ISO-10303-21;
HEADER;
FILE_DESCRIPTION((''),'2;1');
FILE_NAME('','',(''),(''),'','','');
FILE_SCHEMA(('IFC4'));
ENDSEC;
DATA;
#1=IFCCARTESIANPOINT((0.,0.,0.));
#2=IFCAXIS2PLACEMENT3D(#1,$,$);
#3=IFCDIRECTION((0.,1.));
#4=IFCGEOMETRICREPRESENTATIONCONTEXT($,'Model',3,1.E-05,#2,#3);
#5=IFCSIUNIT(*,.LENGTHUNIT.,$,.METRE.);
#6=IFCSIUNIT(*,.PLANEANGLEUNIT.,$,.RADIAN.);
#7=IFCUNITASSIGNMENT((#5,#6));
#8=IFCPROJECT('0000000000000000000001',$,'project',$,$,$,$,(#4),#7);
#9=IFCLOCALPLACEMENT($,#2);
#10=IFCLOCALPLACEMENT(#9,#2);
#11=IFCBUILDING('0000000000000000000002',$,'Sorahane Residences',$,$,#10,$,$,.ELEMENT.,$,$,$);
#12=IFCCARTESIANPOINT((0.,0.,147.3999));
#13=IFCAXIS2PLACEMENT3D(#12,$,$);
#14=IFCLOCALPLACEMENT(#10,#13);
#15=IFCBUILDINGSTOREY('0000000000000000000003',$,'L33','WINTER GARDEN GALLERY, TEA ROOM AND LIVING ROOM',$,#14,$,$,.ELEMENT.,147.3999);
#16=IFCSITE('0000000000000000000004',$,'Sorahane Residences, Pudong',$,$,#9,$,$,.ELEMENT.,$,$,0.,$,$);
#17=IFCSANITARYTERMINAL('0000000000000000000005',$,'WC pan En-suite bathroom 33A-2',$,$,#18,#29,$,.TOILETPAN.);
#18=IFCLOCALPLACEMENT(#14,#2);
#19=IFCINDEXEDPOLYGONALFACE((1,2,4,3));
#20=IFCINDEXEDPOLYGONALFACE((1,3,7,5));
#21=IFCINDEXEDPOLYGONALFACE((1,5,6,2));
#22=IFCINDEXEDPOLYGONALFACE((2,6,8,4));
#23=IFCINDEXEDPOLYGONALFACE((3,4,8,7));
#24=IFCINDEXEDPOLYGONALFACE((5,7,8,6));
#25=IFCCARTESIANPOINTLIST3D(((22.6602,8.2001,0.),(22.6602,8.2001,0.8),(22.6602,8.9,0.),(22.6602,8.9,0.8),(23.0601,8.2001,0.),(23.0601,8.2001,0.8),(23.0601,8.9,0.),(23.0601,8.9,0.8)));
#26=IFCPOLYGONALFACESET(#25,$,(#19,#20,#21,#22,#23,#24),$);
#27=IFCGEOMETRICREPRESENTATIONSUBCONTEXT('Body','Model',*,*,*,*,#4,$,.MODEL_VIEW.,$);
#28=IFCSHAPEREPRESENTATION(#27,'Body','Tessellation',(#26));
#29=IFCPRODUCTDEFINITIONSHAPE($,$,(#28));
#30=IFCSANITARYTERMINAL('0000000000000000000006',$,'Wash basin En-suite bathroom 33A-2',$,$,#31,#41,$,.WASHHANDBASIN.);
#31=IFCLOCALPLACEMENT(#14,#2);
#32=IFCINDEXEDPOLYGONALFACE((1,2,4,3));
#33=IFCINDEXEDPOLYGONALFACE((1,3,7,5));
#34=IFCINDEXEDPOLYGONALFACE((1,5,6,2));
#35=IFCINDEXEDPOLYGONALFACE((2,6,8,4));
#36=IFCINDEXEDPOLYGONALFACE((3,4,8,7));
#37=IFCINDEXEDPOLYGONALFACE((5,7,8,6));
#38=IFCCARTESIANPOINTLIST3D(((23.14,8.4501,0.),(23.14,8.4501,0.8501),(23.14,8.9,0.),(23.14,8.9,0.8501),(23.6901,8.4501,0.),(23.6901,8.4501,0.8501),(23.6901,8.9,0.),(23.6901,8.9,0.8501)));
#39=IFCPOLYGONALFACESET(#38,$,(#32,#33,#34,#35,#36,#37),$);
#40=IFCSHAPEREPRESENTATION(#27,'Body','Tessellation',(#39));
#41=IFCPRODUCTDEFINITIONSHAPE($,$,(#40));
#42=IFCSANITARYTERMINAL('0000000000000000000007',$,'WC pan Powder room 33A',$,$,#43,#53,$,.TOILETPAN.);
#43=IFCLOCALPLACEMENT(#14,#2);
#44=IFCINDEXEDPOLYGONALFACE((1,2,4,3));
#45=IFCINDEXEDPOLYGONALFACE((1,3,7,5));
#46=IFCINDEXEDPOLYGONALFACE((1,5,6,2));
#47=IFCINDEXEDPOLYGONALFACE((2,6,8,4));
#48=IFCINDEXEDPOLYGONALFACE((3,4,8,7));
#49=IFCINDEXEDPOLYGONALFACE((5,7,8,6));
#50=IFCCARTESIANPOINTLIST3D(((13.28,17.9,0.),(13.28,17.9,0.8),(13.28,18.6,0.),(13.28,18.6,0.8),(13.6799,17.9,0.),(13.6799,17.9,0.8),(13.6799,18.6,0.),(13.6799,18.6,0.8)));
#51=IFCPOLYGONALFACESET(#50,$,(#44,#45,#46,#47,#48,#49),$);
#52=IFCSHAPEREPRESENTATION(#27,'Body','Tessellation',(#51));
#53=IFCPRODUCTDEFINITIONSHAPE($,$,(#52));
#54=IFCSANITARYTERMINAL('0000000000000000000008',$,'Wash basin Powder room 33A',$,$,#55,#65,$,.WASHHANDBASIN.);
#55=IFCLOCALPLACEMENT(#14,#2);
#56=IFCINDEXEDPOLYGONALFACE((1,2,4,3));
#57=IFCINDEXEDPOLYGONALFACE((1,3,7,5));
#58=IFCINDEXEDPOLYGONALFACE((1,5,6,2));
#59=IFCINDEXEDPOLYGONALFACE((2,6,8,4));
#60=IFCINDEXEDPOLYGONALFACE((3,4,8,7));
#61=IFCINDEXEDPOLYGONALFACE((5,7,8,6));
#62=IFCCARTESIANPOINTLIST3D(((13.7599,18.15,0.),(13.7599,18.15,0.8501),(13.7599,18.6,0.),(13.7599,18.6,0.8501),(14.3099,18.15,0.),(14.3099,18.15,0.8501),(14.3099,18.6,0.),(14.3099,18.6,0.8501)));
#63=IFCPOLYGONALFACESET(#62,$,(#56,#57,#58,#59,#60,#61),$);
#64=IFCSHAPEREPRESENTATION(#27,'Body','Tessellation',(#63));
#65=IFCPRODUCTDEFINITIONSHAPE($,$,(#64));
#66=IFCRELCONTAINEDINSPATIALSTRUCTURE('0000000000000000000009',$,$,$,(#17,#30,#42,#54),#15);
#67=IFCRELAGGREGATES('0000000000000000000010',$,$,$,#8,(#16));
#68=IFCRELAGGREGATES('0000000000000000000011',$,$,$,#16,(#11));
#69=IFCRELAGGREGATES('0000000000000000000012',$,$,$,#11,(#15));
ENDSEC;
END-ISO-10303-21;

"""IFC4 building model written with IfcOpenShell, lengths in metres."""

from ifc_helpers import new_model, si_unit, direction, frame, origin, origin_2d, place, context, subcontext, project, spatial, rectangle, extrude, element, save


model = new_model("IFC4")

# Units and contexts
model_context = context("Model", 3, precision=1e-05, world=origin(), true_north=direction((0.0, 1.0)))
body_context = subcontext(model_context, "Body", "Model", "MODEL_VIEW")
ifc_project = project(units=[si_unit("LENGTHUNIT", "METRE"), si_unit("PLANEANGLEUNIT", "RADIAN")], contexts=[model_context])

# Site, building, storey
site_placement = place(None, origin())
site = spatial("IfcSite", under=ifc_project, at=site_placement, Name="Sorahane Residences, Pudong", CompositionType="ELEMENT", RefElevation=0.0)
building_placement = place(site_placement, origin())
building = spatial("IfcBuilding", under=site, at=building_placement, Name="Sorahane Residences", CompositionType="ELEMENT")
storey_placement = place(building_placement, frame((0.0, 0.0, 147.3999)))
storey = spatial("IfcBuildingStorey", under=building, at=storey_placement, Name="L33", Description="WINTER GARDEN GALLERY, TEA ROOM AND LIVING ROOM", CompositionType="ELEMENT", Elevation=147.3999)

# Sanitary terminals
sanitary_terminal_1_placement = place(storey_placement, frame((22.8601, 8.55, 0.0), z_axis=(0.0, 0.0, 1.0), x_axis=(1.0, 0.0, 0.0)))
element("IfcSanitaryTerminal", 1, at=sanitary_terminal_1_placement, inside=storey, Name="WC pan En-suite bathroom 33A-2", PredefinedType="TOILETPAN", context=body_context, shape_type="SweptSolid", body=[
    extrude(rectangle(XDim=0.3999, YDim=0.7, at=origin_2d()), origin(), (0.0, 0.0, 1.0), 0.8),
])
sanitary_terminal_2_placement = place(storey_placement, frame((23.415, 8.675, 0.0), z_axis=(0.0, 0.0, 1.0), x_axis=(1.0, 0.0, 0.0)))
element("IfcSanitaryTerminal", 2, at=sanitary_terminal_2_placement, inside=storey, Name="Wash basin En-suite bathroom 33A-2", PredefinedType="WASHHANDBASIN", context=body_context, shape_type="SweptSolid", body=[
    extrude(rectangle(XDim=0.55, YDim=0.45, at=origin_2d()), origin(), (0.0, 0.0, 1.0), 0.8501),
])
sanitary_terminal_3_placement = place(storey_placement, frame((13.48, 18.25, 0.0), z_axis=(0.0, 0.0, 1.0), x_axis=(1.0, 0.0, 0.0)))
element("IfcSanitaryTerminal", 3, at=sanitary_terminal_3_placement, inside=storey, Name="WC pan Powder room 33A", PredefinedType="TOILETPAN", context=body_context, shape_type="SweptSolid", body=[
    extrude(rectangle(XDim=0.3999, YDim=0.7, at=origin_2d()), origin(), (0.0, 0.0, 1.0), 0.8),
])
sanitary_terminal_4_placement = place(storey_placement, frame((14.0349, 18.375, 0.0), z_axis=(0.0, 0.0, 1.0), x_axis=(1.0, 0.0, 0.0)))
element("IfcSanitaryTerminal", 4, at=sanitary_terminal_4_placement, inside=storey, Name="Wash basin Powder room 33A", PredefinedType="WASHHANDBASIN", context=body_context, shape_type="SweptSolid", body=[
    extrude(rectangle(XDim=0.55, YDim=0.45, at=origin_2d()), origin(), (0.0, 0.0, 1.0), 0.8501),
])

save(model, "model.ifc")
